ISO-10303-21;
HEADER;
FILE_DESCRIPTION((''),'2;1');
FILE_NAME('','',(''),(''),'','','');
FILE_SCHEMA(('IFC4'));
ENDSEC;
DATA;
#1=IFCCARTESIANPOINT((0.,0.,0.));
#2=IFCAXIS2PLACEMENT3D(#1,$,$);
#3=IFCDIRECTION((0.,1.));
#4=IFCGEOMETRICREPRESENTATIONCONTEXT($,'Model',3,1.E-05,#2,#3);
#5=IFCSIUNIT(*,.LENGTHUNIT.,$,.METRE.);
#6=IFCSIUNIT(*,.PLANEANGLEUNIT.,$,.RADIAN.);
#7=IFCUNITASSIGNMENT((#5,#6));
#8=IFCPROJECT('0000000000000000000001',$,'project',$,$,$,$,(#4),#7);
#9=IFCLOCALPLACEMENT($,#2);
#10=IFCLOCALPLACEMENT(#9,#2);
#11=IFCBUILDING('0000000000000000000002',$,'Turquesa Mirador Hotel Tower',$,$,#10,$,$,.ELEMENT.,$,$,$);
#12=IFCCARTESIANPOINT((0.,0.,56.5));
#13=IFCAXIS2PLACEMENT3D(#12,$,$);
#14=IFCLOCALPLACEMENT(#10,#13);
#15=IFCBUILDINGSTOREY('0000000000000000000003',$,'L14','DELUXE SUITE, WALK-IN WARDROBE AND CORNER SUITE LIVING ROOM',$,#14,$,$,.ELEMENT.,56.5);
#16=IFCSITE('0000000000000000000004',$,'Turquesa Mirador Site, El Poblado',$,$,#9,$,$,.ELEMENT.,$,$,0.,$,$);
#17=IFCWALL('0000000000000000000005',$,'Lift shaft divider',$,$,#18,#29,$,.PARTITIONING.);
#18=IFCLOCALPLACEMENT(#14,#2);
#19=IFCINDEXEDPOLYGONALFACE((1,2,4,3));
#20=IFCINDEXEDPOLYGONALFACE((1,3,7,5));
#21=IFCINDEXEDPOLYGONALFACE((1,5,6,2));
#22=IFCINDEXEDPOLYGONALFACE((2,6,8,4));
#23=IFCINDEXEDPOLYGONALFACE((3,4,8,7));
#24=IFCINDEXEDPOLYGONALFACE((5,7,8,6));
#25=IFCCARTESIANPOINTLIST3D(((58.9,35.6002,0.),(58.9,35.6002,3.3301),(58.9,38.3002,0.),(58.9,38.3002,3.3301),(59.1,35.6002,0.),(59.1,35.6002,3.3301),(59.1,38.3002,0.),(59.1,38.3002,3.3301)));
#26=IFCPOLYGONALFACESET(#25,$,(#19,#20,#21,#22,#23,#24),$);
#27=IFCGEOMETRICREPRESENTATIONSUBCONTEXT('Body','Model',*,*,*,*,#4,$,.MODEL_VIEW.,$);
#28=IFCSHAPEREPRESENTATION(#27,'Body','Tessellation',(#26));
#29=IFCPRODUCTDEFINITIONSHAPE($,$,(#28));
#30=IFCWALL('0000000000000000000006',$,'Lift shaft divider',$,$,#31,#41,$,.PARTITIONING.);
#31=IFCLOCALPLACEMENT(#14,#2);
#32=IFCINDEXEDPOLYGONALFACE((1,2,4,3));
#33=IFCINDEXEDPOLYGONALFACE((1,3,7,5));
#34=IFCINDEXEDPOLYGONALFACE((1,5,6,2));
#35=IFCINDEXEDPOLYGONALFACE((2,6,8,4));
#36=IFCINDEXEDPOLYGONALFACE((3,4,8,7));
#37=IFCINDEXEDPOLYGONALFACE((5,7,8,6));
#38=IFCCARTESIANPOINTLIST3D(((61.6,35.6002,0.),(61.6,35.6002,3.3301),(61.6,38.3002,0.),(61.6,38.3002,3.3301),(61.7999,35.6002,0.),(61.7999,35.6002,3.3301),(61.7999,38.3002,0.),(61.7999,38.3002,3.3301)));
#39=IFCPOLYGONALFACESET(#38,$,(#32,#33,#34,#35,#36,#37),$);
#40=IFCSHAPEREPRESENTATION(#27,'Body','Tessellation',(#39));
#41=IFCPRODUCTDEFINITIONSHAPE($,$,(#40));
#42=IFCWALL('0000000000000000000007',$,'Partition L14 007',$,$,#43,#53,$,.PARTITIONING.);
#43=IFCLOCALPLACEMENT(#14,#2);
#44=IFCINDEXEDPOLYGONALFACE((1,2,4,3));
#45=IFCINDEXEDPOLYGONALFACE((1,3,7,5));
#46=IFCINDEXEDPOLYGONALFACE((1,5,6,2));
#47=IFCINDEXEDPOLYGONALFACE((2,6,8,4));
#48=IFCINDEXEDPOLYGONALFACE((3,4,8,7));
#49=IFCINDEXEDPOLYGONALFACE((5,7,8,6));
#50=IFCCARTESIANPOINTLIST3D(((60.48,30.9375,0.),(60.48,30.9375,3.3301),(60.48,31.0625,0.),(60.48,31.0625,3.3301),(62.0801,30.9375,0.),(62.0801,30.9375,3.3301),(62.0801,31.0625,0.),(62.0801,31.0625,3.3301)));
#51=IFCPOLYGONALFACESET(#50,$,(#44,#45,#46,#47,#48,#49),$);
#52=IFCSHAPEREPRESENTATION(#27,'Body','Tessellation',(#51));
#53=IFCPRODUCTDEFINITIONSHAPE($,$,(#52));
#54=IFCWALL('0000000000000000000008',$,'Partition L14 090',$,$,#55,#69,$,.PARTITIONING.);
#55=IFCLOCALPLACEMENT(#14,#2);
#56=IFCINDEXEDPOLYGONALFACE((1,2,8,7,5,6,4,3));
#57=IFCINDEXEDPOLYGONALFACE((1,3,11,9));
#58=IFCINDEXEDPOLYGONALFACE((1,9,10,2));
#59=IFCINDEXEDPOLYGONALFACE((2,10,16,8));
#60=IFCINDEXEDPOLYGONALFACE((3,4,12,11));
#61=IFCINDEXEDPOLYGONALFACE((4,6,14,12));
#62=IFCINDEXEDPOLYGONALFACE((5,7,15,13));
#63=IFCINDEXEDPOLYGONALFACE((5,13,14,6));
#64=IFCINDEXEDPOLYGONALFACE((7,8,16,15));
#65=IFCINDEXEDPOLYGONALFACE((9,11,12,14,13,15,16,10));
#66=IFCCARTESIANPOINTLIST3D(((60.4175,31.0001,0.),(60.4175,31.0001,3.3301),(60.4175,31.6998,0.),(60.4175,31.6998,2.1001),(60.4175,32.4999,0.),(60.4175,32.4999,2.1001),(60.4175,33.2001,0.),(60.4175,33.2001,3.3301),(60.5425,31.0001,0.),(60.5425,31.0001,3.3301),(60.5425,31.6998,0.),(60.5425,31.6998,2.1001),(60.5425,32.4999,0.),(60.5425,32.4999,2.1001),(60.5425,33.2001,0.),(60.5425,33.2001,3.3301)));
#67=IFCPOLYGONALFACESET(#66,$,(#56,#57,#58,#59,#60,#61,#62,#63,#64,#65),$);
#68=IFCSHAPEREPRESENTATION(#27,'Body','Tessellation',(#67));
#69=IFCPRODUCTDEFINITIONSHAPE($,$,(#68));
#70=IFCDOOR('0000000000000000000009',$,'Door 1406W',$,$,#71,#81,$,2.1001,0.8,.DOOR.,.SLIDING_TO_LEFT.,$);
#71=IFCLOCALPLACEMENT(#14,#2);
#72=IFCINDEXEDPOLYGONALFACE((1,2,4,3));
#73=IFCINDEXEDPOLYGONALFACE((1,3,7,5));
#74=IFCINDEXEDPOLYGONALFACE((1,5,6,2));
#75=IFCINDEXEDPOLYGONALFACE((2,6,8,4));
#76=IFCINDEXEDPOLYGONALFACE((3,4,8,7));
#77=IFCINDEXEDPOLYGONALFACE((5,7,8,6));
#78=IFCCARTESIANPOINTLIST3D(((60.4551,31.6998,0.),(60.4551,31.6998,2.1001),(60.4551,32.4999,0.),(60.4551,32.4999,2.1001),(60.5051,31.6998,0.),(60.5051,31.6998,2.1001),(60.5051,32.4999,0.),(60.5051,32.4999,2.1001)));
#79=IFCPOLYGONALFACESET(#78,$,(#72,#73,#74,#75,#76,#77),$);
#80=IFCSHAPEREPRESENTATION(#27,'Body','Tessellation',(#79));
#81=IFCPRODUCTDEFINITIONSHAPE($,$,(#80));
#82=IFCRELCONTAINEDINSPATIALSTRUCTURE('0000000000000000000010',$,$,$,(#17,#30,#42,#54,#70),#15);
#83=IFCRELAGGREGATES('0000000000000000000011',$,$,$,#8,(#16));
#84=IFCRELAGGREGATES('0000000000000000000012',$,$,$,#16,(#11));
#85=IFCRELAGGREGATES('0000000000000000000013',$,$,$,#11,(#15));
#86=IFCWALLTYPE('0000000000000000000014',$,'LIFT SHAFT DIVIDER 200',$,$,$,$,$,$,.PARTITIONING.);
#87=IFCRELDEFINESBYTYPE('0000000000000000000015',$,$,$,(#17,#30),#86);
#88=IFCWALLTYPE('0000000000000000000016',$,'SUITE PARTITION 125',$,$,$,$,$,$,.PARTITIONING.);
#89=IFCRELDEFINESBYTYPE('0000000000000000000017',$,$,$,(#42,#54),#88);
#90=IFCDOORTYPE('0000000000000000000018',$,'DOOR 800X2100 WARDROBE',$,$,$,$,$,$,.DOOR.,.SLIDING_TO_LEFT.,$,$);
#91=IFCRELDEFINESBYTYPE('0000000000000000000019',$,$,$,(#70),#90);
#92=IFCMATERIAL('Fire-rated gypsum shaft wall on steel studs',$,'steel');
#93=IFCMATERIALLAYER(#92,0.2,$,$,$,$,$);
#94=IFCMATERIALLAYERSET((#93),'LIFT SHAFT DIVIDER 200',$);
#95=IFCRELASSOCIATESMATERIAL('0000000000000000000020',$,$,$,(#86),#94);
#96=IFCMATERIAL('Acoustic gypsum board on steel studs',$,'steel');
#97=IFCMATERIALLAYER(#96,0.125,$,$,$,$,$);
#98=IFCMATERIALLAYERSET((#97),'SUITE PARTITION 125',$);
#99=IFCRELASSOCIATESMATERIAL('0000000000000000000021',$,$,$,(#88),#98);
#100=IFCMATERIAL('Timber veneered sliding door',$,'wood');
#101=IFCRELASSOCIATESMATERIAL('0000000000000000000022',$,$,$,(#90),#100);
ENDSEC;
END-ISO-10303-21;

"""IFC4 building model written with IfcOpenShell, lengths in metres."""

from ifc_helpers import new_model, si_unit, direction, frame, frame_2d, origin, place, context, subcontext, project, spatial, rectangle, extrude, material, layer, layer_set, type_object, element, fill, save


model = new_model("IFC4")

# Units and contexts
model_context = context("Model", 3, precision=1e-05, world=origin(), true_north=direction((0.0, 1.0)))
body_context = subcontext(model_context, "Body", "Model", "MODEL_VIEW")
ifc_project = project(units=[si_unit("LENGTHUNIT", "METRE"), si_unit("PLANEANGLEUNIT", "RADIAN")], contexts=[model_context])

# Site, building, storey
site_placement = place(None, origin())
site = spatial("IfcSite", under=ifc_project, at=site_placement, Name="Turquesa Mirador Site, El Poblado", CompositionType="ELEMENT", RefElevation=0.0)
building_placement = place(site_placement, origin())
building = spatial("IfcBuilding", under=site, at=building_placement, Name="Turquesa Mirador Hotel Tower", CompositionType="ELEMENT")
storey_placement = place(building_placement, frame((0.0, 0.0, 56.5)))
storey = spatial("IfcBuildingStorey", under=building, at=storey_placement, Name="L14", Description="DELUXE SUITE, WALK-IN WARDROBE AND CORNER SUITE LIVING ROOM", CompositionType="ELEMENT", Elevation=56.5)

# Walls
ifc_material_1 = material(Name="Fire-rated gypsum shaft wall on steel studs", Category="steel")
ifc_layer_1 = layer(ifc_material_1, 0.2)
ifc_layer_set_1 = layer_set([ifc_layer_1], Name="LIFT SHAFT DIVIDER 200")
wall_type_1 = type_object("IfcWallType", Name="LIFT SHAFT DIVIDER 200", PredefinedType="PARTITIONING", material=ifc_layer_set_1)
for number, where, z_axis, x_axis, name in (
    (1, (59.0, 35.6001, 0.0), (0.0, 0.0, 1.0), (0.0, 1.0, 0.0), "Lift shaft divider"),
    (2, (61.7, 35.6001, 0.0), (0.0, 0.0, 1.0), (0.0, 1.0, 0.0), "Lift shaft divider"),
):
    element("IfcWall", number, at=place(storey_placement, frame(where, z_axis=z_axis, x_axis=x_axis)), inside=storey, type_object=wall_type_1, Name=name, PredefinedType="PARTITIONING", context=body_context, shape_type="SweptSolid", body=[
        extrude(rectangle(XDim=2.7, YDim=0.2, at=frame_2d((1.3501, 0.0))), origin(), (0.0, 0.0, 1.0), 3.3301),
    ])
ifc_material_2 = material(Name="Acoustic gypsum board on steel studs", Category="steel")
ifc_layer_2 = layer(ifc_material_2, 0.125)
ifc_layer_set_2 = layer_set([ifc_layer_2], Name="SUITE PARTITION 125")
wall_type_2 = type_object("IfcWallType", Name="SUITE PARTITION 125", PredefinedType="PARTITIONING", material=ifc_layer_set_2)
wall_1_placement = place(storey_placement, frame((60.48, 31.0, 0.0), z_axis=(0.0, 0.0, 1.0), x_axis=(1.0, 0.0, 0.0)))
element("IfcWall", 3, at=wall_1_placement, inside=storey, type_object=wall_type_2, Name="Partition L14 007", PredefinedType="PARTITIONING", context=body_context, shape_type="SweptSolid", body=[
    extrude(rectangle(XDim=1.6001, YDim=0.125, at=frame_2d((0.8, 0.0))), origin(), (0.0, 0.0, 1.0), 3.3301),
])

# Wall, opening, door
wall_2_placement = place(storey_placement, frame((60.48, 31.0, 0.0), z_axis=(0.0, 0.0, 1.0), x_axis=(0.0, 1.0, 0.0)))
wall_2 = element("IfcWall", 4, at=wall_2_placement, inside=storey, type_object=wall_type_2, Name="Partition L14 090", PredefinedType="PARTITIONING", context=body_context, shape_type="SweptSolid", body=[
    extrude(rectangle(XDim=2.2, YDim=0.125, at=frame_2d((1.1001, 0.0))), origin(), (0.0, 0.0, 1.0), 3.3301),
])
opening_1_placement = place(wall_2_placement, frame((0.7, 0.0, 0.0)))
opening_1 = element("IfcOpeningElement", 5, at=opening_1_placement, cuts=wall_2, PredefinedType="OPENING", context=body_context, shape_type="SweptSolid", body=[
    extrude(rectangle(XDim=0.8, YDim=2.1001, at=frame_2d((0.3999, 1.05))), frame((0.0, 0.0725, 0.0), z_axis=(0.0, -1.0, 0.0), x_axis=(1.0, 0.0, 0.0)), (0.0, 0.0, 1.0), 0.145),
])
ifc_material_3 = material(Name="Timber veneered sliding door", Category="wood")
door_type_1 = type_object("IfcDoorType", Name="DOOR 800X2100 WARDROBE", OperationType="SLIDING_TO_LEFT", PredefinedType="DOOR", material=ifc_material_3)
door_1_placement = place(opening_1_placement, origin())
door_1 = element("IfcDoor", 6, at=door_1_placement, inside=storey, type_object=door_type_1, Name="Door 1406W", OperationType="SLIDING_TO_LEFT", OverallHeight=2.1001, OverallWidth=0.8, PredefinedType="DOOR", context=body_context, shape_type="SweptSolid", body=[
    extrude(rectangle(XDim=0.8, YDim=2.1001, at=frame_2d((0.3999, 1.05))), frame((0.0, 0.0249, 0.0), z_axis=(0.0, -1.0, 0.0), x_axis=(1.0, 0.0, 0.0)), (0.0, 0.0, 1.0), 0.05),
])
fill(opening_1, door_1)

save(model, "model.ifc")
